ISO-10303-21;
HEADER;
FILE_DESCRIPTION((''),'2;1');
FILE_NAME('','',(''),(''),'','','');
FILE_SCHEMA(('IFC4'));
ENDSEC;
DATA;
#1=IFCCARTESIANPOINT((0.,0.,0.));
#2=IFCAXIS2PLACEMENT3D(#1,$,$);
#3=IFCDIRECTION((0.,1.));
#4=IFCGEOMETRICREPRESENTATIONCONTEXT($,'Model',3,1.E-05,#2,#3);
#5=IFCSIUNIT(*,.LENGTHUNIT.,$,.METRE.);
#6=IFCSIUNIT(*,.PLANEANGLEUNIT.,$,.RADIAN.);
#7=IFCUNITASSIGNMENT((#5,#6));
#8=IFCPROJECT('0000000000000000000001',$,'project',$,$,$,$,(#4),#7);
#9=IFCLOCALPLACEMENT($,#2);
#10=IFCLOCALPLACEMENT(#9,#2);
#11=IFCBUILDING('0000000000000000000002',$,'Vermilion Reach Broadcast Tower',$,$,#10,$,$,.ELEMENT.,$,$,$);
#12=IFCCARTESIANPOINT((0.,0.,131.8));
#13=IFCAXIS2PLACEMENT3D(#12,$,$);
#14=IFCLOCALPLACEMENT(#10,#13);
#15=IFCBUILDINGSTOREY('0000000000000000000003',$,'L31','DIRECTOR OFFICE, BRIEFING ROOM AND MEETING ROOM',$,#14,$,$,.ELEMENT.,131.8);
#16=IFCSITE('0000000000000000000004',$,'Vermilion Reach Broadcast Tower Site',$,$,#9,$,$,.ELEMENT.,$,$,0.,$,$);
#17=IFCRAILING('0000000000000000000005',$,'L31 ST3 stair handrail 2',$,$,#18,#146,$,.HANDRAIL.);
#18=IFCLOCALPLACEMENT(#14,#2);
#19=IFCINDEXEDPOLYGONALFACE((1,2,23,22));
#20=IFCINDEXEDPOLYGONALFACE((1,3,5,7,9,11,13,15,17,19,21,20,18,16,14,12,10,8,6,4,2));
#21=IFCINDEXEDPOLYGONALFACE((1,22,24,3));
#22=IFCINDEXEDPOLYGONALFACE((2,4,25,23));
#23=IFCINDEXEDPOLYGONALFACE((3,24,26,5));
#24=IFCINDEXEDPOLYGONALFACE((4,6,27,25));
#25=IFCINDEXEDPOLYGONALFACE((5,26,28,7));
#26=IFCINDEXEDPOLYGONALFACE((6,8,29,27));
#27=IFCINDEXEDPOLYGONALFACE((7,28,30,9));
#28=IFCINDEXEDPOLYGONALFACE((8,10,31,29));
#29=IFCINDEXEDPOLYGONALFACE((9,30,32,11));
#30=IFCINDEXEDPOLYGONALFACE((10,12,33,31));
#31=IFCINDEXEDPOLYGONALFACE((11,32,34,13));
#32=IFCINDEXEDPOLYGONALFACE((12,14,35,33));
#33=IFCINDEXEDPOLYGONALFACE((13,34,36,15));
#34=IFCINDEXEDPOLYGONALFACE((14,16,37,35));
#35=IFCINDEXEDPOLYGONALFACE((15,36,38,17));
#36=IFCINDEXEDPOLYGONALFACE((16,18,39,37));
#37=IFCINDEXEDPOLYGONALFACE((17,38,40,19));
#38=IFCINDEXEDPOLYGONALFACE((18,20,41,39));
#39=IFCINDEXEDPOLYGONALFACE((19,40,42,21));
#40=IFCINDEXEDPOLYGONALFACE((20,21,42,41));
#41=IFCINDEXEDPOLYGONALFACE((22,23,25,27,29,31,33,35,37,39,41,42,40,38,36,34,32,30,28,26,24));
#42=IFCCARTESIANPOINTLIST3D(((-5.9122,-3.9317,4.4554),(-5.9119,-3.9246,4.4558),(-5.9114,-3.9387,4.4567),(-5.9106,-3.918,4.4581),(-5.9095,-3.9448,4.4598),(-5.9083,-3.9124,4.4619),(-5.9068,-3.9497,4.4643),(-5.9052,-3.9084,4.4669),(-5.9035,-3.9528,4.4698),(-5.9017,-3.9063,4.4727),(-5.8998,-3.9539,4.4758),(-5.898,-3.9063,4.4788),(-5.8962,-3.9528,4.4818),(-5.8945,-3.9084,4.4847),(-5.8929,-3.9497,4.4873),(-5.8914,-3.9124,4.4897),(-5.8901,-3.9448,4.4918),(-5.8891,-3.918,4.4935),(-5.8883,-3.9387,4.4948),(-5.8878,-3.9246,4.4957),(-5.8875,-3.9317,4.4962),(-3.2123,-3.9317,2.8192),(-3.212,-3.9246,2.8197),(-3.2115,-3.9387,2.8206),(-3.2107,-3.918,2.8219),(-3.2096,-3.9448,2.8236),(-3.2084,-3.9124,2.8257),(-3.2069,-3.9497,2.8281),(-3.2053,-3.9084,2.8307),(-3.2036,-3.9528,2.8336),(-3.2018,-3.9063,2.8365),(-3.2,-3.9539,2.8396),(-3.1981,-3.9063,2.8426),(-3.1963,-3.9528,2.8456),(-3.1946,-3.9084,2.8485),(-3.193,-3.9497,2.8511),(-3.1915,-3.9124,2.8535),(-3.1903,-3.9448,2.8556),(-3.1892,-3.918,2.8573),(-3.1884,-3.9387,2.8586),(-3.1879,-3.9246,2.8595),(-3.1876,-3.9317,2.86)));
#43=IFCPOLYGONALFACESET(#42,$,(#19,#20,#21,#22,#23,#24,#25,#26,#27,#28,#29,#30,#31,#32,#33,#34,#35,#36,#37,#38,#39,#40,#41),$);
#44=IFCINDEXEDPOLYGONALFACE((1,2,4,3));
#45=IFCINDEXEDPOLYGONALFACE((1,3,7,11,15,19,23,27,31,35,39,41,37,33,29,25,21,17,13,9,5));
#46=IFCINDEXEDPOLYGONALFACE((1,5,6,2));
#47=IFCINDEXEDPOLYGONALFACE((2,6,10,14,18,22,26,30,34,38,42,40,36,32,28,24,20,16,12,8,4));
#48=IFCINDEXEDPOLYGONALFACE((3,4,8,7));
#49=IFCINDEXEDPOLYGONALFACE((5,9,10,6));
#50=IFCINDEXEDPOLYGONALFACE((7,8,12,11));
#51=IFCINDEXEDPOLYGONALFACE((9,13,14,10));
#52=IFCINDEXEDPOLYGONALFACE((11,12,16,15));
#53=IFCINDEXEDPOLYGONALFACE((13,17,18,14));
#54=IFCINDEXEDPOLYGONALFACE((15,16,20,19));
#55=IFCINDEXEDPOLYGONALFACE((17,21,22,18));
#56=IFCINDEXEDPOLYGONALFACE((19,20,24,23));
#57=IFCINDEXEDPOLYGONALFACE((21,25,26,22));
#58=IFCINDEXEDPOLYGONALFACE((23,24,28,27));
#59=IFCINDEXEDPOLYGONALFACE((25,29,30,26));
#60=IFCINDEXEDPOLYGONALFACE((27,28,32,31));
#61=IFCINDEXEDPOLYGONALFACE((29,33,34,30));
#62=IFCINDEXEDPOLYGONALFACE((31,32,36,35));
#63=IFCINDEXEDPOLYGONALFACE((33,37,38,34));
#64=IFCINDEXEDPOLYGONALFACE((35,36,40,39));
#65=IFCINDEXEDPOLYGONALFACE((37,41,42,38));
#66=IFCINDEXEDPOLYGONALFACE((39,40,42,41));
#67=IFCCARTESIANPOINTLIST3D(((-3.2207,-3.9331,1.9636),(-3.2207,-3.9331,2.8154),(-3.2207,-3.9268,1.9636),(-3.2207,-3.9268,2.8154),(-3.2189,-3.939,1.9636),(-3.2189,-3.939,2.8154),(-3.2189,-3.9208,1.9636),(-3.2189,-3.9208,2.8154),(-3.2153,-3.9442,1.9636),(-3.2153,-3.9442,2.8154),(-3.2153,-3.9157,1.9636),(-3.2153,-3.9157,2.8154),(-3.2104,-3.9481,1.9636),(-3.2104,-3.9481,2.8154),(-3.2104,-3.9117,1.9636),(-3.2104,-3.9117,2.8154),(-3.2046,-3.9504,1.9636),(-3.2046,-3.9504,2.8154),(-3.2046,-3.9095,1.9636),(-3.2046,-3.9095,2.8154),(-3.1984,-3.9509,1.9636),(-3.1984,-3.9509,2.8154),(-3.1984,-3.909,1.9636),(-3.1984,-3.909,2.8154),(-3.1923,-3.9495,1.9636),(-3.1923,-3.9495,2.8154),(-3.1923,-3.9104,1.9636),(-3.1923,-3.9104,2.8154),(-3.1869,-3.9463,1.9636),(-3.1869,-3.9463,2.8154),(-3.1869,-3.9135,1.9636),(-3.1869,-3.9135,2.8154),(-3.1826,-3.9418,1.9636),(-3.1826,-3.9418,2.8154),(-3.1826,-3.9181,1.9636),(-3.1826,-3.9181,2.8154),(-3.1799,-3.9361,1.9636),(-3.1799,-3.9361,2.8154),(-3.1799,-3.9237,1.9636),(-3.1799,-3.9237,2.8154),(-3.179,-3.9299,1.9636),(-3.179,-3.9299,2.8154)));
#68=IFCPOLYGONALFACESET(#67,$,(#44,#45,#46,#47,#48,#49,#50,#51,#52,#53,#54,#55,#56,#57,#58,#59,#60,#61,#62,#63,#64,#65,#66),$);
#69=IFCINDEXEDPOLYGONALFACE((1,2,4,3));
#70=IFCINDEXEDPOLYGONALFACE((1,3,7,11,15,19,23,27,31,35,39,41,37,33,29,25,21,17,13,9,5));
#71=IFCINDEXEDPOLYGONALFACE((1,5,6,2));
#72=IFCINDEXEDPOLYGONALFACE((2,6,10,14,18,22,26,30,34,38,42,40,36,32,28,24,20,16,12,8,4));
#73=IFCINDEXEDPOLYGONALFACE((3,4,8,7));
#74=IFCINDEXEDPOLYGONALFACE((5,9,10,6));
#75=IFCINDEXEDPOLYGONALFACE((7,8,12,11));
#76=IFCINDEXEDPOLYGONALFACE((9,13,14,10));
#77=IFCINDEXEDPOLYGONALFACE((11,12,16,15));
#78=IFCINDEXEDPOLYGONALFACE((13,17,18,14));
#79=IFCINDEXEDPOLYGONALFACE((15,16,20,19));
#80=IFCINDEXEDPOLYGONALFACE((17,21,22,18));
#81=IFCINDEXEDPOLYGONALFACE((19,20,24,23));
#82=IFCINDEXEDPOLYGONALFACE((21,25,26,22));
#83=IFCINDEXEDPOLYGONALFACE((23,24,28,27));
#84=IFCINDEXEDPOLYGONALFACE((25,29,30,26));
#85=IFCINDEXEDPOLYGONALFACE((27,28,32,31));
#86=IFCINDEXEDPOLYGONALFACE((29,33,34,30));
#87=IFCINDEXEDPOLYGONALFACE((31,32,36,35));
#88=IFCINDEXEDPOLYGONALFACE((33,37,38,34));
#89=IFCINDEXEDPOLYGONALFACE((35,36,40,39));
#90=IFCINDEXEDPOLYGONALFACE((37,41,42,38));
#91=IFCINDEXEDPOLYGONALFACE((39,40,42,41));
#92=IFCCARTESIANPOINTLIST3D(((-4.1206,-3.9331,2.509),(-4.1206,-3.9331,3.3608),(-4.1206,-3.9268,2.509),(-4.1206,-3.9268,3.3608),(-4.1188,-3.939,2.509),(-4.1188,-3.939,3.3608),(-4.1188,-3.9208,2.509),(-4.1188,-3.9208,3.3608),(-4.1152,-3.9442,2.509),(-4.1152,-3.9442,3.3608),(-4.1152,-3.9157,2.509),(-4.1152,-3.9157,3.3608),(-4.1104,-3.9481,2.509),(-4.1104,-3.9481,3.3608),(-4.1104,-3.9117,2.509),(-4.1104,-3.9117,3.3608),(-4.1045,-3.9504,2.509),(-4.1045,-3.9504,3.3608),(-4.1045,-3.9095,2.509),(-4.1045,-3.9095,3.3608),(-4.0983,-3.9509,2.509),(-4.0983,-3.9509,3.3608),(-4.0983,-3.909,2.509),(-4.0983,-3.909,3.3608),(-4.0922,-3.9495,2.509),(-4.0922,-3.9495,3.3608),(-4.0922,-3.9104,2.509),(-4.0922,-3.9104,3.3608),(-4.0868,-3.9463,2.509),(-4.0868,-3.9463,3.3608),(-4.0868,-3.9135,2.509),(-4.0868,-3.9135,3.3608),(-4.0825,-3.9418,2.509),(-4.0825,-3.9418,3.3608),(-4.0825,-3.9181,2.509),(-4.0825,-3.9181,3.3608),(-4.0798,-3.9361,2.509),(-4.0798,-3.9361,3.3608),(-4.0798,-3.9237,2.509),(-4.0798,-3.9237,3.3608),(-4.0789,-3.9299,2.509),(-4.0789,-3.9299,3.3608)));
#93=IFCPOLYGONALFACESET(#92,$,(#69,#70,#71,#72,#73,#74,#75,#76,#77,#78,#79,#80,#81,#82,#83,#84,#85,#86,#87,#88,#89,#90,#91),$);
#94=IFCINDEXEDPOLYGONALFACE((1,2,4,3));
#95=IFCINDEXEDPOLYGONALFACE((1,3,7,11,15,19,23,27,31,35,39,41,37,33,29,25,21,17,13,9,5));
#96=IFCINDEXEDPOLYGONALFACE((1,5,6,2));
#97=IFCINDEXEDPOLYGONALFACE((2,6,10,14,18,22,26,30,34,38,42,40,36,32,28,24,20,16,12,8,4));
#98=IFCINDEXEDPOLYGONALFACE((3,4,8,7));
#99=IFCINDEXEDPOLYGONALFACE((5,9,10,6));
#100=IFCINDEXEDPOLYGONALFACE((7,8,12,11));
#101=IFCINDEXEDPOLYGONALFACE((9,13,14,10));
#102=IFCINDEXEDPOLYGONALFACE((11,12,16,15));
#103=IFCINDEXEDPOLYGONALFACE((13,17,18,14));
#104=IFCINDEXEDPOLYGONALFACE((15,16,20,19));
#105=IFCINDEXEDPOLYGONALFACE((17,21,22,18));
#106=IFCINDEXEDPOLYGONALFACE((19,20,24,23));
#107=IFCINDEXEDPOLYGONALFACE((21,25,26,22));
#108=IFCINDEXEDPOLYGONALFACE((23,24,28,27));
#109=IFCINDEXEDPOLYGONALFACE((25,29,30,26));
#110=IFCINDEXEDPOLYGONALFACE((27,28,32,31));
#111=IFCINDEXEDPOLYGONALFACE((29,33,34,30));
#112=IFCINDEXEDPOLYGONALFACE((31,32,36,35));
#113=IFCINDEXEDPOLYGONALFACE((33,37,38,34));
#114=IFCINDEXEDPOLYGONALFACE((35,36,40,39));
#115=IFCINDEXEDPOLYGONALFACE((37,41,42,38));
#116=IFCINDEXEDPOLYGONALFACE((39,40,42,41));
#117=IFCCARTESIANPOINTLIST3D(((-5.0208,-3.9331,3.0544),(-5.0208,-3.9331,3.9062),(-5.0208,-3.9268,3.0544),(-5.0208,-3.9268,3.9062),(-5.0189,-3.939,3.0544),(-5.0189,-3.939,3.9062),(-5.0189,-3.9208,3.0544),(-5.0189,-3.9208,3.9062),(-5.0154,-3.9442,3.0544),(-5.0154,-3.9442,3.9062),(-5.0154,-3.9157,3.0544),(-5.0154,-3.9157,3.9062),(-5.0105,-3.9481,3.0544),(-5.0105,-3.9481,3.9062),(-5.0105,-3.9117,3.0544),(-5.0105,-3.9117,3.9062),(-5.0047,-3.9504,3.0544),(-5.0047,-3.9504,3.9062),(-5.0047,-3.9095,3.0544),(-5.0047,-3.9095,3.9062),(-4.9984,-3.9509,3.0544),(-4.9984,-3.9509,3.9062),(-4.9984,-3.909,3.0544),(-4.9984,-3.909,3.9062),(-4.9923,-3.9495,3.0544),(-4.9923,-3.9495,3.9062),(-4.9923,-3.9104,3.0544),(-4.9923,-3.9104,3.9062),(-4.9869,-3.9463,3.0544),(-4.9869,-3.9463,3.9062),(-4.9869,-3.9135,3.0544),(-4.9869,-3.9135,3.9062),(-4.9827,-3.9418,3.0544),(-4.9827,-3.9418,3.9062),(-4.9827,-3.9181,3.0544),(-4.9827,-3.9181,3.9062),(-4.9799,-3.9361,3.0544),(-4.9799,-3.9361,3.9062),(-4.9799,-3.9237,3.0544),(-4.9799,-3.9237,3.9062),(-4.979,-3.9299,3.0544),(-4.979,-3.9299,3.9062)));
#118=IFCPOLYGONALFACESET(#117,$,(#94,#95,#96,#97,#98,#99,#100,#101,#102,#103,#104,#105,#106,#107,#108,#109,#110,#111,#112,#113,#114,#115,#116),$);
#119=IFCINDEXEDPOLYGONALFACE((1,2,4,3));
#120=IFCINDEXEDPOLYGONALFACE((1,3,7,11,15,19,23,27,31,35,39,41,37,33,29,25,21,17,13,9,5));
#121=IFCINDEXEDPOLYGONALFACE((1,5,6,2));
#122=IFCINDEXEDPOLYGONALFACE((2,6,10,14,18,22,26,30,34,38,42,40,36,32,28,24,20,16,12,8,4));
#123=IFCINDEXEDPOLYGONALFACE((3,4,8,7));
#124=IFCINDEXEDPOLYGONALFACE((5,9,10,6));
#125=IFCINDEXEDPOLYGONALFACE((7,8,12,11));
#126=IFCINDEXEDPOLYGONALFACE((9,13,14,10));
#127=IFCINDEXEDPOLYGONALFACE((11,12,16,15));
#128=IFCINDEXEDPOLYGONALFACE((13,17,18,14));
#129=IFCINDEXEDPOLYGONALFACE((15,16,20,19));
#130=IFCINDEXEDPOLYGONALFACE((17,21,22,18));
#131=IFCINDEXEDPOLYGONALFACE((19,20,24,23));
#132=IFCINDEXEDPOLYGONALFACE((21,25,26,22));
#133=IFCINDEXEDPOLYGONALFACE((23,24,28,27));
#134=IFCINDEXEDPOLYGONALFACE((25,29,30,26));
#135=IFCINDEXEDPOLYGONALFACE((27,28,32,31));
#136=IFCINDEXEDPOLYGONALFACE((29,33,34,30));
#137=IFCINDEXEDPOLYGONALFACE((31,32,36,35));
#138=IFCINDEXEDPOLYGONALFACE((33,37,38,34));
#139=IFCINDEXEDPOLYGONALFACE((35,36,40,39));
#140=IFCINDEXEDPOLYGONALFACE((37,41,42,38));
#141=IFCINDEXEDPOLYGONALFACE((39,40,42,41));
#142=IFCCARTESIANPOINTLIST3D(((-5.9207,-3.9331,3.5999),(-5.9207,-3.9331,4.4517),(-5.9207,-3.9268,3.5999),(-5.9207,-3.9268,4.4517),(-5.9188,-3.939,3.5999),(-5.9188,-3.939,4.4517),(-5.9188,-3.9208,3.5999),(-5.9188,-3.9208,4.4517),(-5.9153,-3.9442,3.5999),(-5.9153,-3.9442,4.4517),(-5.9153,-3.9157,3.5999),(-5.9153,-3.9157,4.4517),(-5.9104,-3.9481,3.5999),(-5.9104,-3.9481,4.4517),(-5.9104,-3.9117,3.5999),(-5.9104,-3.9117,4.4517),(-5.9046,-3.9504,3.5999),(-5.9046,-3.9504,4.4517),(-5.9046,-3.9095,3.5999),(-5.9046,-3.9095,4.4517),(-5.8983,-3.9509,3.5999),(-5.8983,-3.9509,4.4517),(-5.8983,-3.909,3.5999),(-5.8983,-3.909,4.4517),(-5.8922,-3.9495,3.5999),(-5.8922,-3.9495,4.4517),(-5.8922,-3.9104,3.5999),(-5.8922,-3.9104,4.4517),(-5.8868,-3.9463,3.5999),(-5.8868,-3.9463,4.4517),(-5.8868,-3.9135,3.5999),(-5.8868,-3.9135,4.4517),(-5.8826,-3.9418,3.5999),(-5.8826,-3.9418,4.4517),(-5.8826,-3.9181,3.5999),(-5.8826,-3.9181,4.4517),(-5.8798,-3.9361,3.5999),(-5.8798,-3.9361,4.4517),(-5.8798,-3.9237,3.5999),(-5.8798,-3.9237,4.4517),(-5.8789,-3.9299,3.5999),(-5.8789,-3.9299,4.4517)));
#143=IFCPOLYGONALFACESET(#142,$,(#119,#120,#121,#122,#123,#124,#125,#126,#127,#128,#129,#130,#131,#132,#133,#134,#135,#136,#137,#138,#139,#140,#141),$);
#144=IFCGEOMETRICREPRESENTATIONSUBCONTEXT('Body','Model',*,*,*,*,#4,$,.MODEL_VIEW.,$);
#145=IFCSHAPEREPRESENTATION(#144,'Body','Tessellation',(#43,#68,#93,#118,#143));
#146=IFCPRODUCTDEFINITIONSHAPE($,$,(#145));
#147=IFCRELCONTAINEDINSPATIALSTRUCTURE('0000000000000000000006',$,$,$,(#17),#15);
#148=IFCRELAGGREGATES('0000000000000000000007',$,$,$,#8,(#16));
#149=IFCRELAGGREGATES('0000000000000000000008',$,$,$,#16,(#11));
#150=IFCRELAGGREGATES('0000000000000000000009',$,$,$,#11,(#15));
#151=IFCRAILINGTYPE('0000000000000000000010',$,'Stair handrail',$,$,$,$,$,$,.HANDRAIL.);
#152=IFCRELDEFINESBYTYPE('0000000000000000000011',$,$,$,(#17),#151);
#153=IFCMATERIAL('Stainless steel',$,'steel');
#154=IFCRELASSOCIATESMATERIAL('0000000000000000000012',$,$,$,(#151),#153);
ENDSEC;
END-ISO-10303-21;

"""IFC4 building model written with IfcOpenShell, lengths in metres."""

from ifc_helpers import new_model, si_unit, direction, frame, origin, origin_2d, place, context, subcontext, project, spatial, circle, extrude, material, type_object, element, save


model = new_model("IFC4")

# Units and contexts
model_context = context("Model", 3, precision=1e-05, world=origin(), true_north=direction((0.0, 1.0)))
body_context = subcontext(model_context, "Body", "Model", "MODEL_VIEW")
ifc_project = project(units=[si_unit("LENGTHUNIT", "METRE"), si_unit("PLANEANGLEUNIT", "RADIAN")], contexts=[model_context])

# Site, building, storey
site_placement = place(None, origin())
site = spatial("IfcSite", under=ifc_project, at=site_placement, Name="Vermilion Reach Broadcast Tower Site", CompositionType="ELEMENT", RefElevation=0.0)
building_placement = place(site_placement, origin())
building = spatial("IfcBuilding", under=site, at=building_placement, Name="Vermilion Reach Broadcast Tower", CompositionType="ELEMENT")
storey_placement = place(building_placement, frame((0.0, 0.0, 131.8)))
storey = spatial("IfcBuildingStorey", under=building, at=storey_placement, Name="L31", Description="DIRECTOR OFFICE, BRIEFING ROOM AND MEETING ROOM", CompositionType="ELEMENT", Elevation=131.8)

# Railing
ifc_material_1 = material(Name="Stainless steel", Category="steel")
railing_type_1 = type_object("IfcRailingType", Name="Stair handrail", PredefinedType="HANDRAIL", material=ifc_material_1)
railing_1_placement = place(storey_placement, frame((-3.2, -3.9299, 1.9636)))
element("IfcRailing", 1, at=railing_1_placement, inside=storey, type_object=railing_type_1, Name="L31 ST3 stair handrail 2", PredefinedType="HANDRAIL", context=body_context, shape_type="SweptSolid", body=[
    extrude(circle(Radius=0.0239, at=origin_2d()), frame((0.0, 0.0, 0.876), z_axis=(-0.855212, 0.0, 0.518278), x_axis=(0.0, -1.0, 0.0)), (0.0, 0.0, 1.0), 3.157),
    extrude(circle(Radius=0.021, at=origin_2d()), origin(), (0.0, 0.0, 1.0), 0.8518),
    extrude(circle(Radius=0.021, at=origin_2d()), frame((-0.8999, 0.0, 0.5454)), (0.0, 0.0, 1.0), 0.8518),
    extrude(circle(Radius=0.021, at=origin_2d()), frame((-1.8, 0.0, 1.0908)), (0.0, 0.0, 1.0), 0.8518),
    extrude(circle(Radius=0.021, at=origin_2d()), frame((-2.7, 0.0, 1.6362)), (0.0, 0.0, 1.0), 0.8518),
])

save(model, "model.ifc")
